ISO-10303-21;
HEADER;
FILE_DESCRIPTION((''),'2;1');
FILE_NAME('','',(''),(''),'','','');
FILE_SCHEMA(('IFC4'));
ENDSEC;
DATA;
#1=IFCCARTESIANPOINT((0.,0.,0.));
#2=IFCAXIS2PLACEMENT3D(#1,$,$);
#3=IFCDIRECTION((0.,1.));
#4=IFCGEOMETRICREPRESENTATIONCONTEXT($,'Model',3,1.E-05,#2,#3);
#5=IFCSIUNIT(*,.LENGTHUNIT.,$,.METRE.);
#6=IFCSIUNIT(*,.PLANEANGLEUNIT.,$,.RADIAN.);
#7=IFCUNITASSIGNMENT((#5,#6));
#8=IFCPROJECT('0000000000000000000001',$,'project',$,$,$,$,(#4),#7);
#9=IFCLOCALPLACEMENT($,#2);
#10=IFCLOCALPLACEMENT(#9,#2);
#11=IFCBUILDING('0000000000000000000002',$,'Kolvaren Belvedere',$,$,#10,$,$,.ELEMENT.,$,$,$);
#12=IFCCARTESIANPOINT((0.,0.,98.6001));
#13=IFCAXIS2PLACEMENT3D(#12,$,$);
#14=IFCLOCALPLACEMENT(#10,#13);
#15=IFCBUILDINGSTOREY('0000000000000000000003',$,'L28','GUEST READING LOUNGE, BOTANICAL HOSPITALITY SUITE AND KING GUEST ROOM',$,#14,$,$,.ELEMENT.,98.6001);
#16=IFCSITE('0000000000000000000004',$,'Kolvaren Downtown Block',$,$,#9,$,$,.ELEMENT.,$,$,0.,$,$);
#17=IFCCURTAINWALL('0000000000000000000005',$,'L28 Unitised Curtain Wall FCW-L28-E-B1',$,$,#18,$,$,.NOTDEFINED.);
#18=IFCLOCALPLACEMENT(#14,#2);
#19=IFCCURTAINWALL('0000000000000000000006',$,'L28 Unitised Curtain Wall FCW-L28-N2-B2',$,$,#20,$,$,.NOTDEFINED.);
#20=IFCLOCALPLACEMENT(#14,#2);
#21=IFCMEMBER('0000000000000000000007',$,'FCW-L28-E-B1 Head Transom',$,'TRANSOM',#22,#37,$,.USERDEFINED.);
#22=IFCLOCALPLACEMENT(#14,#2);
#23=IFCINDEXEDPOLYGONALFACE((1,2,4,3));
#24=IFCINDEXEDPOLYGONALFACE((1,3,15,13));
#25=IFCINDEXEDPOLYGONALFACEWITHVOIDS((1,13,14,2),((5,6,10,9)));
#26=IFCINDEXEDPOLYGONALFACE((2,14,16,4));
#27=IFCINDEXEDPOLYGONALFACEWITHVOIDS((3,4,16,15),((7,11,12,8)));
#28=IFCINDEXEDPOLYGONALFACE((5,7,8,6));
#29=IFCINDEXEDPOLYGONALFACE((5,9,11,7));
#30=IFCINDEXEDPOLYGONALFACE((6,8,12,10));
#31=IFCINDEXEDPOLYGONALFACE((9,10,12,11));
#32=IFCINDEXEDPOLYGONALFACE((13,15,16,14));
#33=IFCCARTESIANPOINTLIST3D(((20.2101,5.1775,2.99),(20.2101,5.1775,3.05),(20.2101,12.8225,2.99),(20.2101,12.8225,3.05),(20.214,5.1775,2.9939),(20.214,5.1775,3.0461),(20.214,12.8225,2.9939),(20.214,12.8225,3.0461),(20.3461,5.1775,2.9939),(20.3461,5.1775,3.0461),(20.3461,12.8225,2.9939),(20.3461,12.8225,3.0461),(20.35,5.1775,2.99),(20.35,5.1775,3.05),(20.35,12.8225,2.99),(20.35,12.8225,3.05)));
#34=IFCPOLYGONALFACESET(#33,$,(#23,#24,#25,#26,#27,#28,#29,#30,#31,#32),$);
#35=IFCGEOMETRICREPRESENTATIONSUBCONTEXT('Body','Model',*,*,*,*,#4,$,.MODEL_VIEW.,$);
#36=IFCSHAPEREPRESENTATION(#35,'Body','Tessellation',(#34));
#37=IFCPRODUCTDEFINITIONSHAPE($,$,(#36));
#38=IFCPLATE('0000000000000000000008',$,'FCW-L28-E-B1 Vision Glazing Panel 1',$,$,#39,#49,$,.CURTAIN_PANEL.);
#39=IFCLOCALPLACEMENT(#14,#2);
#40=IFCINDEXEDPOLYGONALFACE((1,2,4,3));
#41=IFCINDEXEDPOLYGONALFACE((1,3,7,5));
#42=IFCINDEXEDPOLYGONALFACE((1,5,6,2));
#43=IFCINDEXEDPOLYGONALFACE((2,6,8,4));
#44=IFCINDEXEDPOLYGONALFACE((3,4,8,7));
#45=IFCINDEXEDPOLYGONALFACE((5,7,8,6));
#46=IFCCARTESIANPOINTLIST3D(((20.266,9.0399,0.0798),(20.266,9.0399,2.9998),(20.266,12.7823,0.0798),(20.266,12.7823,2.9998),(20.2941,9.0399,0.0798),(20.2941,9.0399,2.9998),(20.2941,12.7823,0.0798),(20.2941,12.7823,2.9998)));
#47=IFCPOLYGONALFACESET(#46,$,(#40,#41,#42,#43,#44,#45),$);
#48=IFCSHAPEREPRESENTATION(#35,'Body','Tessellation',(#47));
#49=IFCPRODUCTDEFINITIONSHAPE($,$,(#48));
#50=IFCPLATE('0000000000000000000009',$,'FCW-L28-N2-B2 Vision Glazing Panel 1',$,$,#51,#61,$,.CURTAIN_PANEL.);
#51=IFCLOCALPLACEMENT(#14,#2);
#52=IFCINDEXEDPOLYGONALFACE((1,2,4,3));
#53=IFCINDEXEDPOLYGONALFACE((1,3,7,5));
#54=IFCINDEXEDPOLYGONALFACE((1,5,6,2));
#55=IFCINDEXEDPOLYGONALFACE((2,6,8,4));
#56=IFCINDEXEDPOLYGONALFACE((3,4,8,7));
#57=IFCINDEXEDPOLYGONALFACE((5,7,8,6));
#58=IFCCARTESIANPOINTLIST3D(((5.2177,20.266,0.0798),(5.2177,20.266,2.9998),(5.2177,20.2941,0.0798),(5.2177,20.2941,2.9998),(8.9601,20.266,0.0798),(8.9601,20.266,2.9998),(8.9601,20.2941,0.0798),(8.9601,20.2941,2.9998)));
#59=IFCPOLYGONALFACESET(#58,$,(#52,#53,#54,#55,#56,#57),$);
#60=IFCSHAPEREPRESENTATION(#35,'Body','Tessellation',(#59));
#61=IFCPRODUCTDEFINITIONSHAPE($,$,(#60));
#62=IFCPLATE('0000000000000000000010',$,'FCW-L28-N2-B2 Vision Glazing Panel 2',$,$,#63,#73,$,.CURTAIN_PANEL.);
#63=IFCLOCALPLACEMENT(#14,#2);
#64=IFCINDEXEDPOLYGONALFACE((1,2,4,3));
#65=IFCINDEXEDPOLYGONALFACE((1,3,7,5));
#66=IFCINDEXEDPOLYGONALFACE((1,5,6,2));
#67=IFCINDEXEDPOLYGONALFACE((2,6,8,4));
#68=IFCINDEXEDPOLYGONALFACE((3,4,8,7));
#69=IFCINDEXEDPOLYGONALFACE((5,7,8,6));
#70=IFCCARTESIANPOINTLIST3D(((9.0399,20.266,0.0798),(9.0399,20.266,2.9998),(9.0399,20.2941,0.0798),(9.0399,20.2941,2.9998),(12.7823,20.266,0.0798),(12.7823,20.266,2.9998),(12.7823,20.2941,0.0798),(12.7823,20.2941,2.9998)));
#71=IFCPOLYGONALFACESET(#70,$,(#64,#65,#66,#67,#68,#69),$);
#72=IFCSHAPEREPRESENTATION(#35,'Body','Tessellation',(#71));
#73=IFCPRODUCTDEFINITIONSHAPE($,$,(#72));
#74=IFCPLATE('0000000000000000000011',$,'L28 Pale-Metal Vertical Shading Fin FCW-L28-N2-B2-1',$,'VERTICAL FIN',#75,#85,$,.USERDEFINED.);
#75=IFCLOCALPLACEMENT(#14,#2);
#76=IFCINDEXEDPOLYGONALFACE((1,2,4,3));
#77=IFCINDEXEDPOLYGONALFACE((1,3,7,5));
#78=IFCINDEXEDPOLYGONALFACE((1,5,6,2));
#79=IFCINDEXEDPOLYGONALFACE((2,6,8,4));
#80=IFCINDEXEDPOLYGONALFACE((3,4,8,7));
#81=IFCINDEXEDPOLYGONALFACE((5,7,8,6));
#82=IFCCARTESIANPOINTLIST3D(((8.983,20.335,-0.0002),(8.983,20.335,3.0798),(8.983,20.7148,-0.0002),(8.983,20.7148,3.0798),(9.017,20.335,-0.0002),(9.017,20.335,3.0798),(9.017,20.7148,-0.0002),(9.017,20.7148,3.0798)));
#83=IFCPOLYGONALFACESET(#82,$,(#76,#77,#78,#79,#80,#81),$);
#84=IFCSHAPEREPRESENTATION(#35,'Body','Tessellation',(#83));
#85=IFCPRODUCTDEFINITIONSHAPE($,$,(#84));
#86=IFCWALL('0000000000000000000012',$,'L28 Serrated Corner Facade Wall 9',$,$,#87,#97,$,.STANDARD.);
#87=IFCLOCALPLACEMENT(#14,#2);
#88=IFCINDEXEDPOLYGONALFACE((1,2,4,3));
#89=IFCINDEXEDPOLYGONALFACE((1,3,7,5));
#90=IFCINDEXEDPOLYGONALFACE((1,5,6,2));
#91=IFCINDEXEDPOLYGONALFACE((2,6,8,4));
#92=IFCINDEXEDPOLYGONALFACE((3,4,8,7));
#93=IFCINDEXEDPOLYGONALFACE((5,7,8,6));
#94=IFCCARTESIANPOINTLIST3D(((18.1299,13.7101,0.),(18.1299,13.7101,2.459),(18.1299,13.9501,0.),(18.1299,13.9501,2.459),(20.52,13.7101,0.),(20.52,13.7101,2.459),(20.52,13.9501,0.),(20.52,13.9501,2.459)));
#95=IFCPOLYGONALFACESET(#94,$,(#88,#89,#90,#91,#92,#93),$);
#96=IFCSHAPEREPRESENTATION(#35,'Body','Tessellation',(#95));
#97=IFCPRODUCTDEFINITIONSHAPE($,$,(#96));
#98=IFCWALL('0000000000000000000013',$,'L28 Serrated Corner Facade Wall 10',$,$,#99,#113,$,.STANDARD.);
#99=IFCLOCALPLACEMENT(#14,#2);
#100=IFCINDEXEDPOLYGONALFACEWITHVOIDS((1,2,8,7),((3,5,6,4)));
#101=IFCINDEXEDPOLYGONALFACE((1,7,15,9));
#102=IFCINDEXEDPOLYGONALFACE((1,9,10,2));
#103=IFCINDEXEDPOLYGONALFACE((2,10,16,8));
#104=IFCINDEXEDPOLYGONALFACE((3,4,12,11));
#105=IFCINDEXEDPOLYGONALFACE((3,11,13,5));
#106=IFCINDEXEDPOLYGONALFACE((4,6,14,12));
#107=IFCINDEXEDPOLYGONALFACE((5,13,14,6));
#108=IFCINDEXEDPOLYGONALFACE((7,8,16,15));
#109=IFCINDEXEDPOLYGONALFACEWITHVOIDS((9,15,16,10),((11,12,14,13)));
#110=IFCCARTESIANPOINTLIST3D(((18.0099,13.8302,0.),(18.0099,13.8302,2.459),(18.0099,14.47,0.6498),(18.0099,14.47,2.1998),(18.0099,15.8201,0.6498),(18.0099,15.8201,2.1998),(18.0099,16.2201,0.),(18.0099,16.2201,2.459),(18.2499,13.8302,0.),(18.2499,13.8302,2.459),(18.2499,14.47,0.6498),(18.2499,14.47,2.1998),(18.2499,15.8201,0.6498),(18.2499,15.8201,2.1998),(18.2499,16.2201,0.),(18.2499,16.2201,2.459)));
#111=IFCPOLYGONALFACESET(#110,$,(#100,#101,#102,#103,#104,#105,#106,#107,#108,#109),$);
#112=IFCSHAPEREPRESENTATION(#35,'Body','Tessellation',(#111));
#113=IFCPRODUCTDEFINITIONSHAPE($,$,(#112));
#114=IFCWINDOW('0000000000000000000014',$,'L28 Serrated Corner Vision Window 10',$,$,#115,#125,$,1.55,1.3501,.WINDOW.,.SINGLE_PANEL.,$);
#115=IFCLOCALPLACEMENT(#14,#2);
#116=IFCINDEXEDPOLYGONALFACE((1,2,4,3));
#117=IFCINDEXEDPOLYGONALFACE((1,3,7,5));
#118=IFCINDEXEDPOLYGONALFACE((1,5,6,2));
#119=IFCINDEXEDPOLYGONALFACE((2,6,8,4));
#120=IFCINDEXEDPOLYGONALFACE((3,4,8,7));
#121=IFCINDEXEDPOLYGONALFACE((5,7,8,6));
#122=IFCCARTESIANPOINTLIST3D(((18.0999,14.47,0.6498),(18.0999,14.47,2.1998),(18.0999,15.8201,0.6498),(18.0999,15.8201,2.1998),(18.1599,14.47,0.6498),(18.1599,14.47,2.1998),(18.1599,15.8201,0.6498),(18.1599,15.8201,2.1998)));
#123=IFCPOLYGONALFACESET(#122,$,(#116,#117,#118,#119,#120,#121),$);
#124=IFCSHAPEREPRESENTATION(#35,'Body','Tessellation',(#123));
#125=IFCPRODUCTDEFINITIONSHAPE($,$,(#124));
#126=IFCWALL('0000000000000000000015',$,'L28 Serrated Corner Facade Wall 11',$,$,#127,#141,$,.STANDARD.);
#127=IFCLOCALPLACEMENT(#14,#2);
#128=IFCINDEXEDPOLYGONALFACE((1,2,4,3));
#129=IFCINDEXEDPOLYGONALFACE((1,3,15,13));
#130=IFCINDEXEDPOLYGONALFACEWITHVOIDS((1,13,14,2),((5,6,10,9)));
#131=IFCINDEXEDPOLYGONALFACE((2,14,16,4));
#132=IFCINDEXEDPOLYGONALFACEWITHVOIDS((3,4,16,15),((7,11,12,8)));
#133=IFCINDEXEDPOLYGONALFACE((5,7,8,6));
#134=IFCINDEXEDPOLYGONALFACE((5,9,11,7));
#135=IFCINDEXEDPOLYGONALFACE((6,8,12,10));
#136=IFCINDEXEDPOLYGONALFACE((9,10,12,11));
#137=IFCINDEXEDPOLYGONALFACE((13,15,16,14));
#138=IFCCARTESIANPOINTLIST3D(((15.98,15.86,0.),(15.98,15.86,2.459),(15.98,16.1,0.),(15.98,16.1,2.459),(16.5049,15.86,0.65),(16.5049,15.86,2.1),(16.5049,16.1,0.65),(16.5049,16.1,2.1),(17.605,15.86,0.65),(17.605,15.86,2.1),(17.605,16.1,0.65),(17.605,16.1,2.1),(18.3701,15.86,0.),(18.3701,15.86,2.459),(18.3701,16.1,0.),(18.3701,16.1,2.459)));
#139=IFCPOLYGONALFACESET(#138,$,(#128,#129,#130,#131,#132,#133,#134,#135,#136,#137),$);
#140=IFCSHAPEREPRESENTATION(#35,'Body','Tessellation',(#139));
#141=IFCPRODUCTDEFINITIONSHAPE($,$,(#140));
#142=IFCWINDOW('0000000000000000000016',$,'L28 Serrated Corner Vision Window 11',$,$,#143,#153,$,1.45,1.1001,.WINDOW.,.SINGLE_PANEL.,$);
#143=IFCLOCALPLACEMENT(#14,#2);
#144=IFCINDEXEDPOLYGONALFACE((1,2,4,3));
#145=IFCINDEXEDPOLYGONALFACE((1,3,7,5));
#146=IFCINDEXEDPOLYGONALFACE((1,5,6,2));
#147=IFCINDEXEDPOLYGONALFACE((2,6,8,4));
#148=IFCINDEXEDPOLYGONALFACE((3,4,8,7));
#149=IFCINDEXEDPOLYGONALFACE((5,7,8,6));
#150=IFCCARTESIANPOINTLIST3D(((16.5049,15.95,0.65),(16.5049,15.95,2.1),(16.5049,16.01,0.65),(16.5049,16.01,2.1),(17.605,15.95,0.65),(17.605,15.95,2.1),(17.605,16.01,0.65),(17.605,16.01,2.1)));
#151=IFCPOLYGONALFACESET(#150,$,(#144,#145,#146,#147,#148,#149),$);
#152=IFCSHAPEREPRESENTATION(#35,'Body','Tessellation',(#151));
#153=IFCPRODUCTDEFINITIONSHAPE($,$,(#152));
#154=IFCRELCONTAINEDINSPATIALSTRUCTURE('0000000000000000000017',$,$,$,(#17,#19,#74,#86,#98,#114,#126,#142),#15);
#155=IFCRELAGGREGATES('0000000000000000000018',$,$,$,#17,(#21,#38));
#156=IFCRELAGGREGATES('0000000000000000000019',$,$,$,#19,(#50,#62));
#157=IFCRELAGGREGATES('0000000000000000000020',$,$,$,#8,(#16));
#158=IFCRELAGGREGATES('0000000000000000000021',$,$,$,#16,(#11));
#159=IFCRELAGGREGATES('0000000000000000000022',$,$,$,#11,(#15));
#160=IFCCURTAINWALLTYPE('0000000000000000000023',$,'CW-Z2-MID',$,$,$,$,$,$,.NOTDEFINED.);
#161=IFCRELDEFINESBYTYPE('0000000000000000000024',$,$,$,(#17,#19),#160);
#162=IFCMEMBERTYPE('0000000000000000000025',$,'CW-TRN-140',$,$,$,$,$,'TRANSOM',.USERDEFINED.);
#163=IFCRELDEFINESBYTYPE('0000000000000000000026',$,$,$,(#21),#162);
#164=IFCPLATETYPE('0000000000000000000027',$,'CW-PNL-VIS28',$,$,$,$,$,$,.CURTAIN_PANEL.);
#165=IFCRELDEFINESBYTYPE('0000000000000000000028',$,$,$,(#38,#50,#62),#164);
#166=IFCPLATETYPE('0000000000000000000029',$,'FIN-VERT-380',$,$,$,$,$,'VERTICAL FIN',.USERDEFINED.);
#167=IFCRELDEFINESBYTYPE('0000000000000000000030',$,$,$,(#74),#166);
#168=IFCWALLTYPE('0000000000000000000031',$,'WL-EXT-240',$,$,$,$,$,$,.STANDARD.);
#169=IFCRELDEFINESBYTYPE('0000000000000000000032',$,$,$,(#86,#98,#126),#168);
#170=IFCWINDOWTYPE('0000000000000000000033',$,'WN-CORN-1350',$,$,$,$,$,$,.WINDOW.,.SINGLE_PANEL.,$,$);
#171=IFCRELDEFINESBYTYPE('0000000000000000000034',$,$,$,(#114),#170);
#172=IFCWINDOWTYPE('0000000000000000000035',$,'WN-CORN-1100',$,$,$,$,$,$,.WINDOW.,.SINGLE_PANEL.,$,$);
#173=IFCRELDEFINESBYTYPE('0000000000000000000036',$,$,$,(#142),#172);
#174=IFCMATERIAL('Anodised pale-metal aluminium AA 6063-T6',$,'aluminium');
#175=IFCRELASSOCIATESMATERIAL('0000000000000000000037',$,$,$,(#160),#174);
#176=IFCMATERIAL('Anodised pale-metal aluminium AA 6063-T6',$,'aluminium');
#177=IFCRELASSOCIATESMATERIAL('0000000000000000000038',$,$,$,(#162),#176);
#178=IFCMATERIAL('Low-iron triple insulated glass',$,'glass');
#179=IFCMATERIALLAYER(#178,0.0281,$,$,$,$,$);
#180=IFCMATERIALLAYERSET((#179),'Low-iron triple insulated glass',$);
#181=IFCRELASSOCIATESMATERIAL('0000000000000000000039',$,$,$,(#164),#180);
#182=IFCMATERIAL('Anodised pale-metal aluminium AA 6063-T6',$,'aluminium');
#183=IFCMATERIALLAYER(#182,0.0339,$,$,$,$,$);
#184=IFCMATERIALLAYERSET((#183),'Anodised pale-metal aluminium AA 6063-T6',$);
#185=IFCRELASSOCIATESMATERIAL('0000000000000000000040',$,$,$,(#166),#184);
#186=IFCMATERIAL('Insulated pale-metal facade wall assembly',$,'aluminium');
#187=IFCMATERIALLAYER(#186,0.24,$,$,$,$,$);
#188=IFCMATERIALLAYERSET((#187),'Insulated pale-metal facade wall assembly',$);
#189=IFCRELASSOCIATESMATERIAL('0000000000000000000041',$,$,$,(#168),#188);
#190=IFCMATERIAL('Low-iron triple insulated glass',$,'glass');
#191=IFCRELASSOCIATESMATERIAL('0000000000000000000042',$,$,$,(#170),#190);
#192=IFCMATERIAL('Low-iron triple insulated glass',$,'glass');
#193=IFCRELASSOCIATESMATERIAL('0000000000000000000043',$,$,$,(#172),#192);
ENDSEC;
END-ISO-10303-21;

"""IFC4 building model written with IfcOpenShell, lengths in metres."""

from ifc_helpers import new_model, si_unit, direction, frame, frame_2d, origin, origin_2d, place, context, subcontext, project, spatial, rectangle, hollow_rectangle, extrude, material, layer, layer_set, material_profile, profile_set, type_object, element, fill, aggregate, save


model = new_model("IFC4")

# Units and contexts
model_context = context("Model", 3, precision=1e-05, world=origin(), true_north=direction((0.0, 1.0)))
body_context = subcontext(model_context, "Body", "Model", "MODEL_VIEW")
ifc_project = project(units=[si_unit("LENGTHUNIT", "METRE"), si_unit("PLANEANGLEUNIT", "RADIAN")], contexts=[model_context])

# Site, building, storey
site_placement = place(None, origin())
site = spatial("IfcSite", under=ifc_project, at=site_placement, Name="Kolvaren Downtown Block", CompositionType="ELEMENT", RefElevation=0.0)
building_placement = place(site_placement, origin())
building = spatial("IfcBuilding", under=site, at=building_placement, Name="Kolvaren Belvedere", CompositionType="ELEMENT")
storey_placement = place(building_placement, frame((0.0, 0.0, 98.6001)))
storey = spatial("IfcBuildingStorey", under=building, at=storey_placement, Name="L28", Description="GUEST READING LOUNGE, BOTANICAL HOSPITALITY SUITE AND KING GUEST ROOM", CompositionType="ELEMENT", Elevation=98.6001)

# Curtain wall
ifc_material_1 = material(Name="Anodised pale-metal aluminium AA 6063-T6", Category="aluminium")
curtain_wall_type = type_object("IfcCurtainWallType", Name="CW-Z2-MID", PredefinedType="NOTDEFINED", material=ifc_material_1)
curtain_wall_1_placement = place(storey_placement, origin())
curtain_wall_1 = element("IfcCurtainWall", 1, at=curtain_wall_1_placement, inside=storey, type_object=curtain_wall_type, Name="L28 Unitised Curtain Wall FCW-L28-E-B1", PredefinedType="NOTDEFINED")

# Curtain wall
curtain_wall_2_placement = place(storey_placement, origin())
curtain_wall_2 = element("IfcCurtainWall", 2, at=curtain_wall_2_placement, inside=storey, type_object=curtain_wall_type, Name="L28 Unitised Curtain Wall FCW-L28-N2-B2", PredefinedType="NOTDEFINED")

# Member
ifc_material_2 = material(Name="Anodised pale-metal aluminium AA 6063-T6", Category="aluminium")
ifc_material_profile_1 = material_profile(ifc_material_2, hollow_rectangle(XDim=0.0601, YDim=0.1399, WallThickness=0.0039, at=origin_2d()), Name="ALU-TRN-140X60")
ifc_profile_set_1 = profile_set([ifc_material_profile_1], Name="Anodised pale-metal aluminium AA 6063-T6")
member_type_1 = type_object("IfcMemberType", Name="CW-TRN-140", ElementType="TRANSOM", PredefinedType="USERDEFINED", material=ifc_profile_set_1)
member_1_placement = place(storey_placement, frame((20.28, 12.8225, 3.02), z_axis=(0.0, -1.0, 0.0), x_axis=(0.0, 0.0, 1.0)))
member_1 = element("IfcMember", 3, at=member_1_placement, type_object=member_type_1, Name="FCW-L28-E-B1 Head Transom", ObjectType="TRANSOM", PredefinedType="USERDEFINED", context=body_context, shape_type="SweptSolid", body=[
    extrude(hollow_rectangle(XDim=0.0601, YDim=0.1399, WallThickness=0.0039, at=origin_2d()), origin(), (0.0, 0.0, 1.0), 7.645),
])

# Plates
ifc_material_3 = material(Name="Low-iron triple insulated glass", Category="glass")
ifc_layer_1 = layer(ifc_material_3, 0.0281)
ifc_layer_set_1 = layer_set([ifc_layer_1], Name="Low-iron triple insulated glass")
plate_type_1 = type_object("IfcPlateType", Name="CW-PNL-VIS28", PredefinedType="CURTAIN_PANEL", material=ifc_layer_set_1)
plate_1_placement = place(storey_placement, frame((20.28, 10.9111, 0.0798), z_axis=(0.0, 0.0, 1.0), x_axis=(0.0, -1.0, 0.0)))
plate_1 = element("IfcPlate", 4, at=plate_1_placement, type_object=plate_type_1, Name="FCW-L28-E-B1 Vision Glazing Panel 1", PredefinedType="CURTAIN_PANEL", context=body_context, shape_type="SweptSolid", body=[
    extrude(rectangle(XDim=3.7424, YDim=0.0281, at=origin_2d()), origin(), (0.0, 0.0, 1.0), 2.9199),
])
aggregate(curtain_wall_1, [member_1, plate_1])
plate_2_placement = place(storey_placement, frame((7.0889, 20.28, 0.0798), z_axis=(0.0, 0.0, 1.0), x_axis=(1.0, 0.0, 0.0)))
plate_2 = element("IfcPlate", 5, at=plate_2_placement, type_object=plate_type_1, Name="FCW-L28-N2-B2 Vision Glazing Panel 1", PredefinedType="CURTAIN_PANEL", context=body_context, shape_type="SweptSolid", body=[
    extrude(rectangle(XDim=3.7424, YDim=0.0281, at=origin_2d()), origin(), (0.0, 0.0, 1.0), 2.9199),
])
plate_3_placement = place(storey_placement, frame((10.9111, 20.28, 0.0798), z_axis=(0.0, 0.0, 1.0), x_axis=(1.0, 0.0, 0.0)))
plate_3 = element("IfcPlate", 6, at=plate_3_placement, type_object=plate_type_1, Name="FCW-L28-N2-B2 Vision Glazing Panel 2", PredefinedType="CURTAIN_PANEL", context=body_context, shape_type="SweptSolid", body=[
    extrude(rectangle(XDim=3.7424, YDim=0.0281, at=origin_2d()), origin(), (0.0, 0.0, 1.0), 2.9199),
])
aggregate(curtain_wall_2, [plate_2, plate_3])
ifc_material_4 = material(Name="Anodised pale-metal aluminium AA 6063-T6", Category="aluminium")
ifc_layer_2 = layer(ifc_material_4, 0.0339)
ifc_layer_set_2 = layer_set([ifc_layer_2], Name="Anodised pale-metal aluminium AA 6063-T6")
plate_type_2 = type_object("IfcPlateType", Name="FIN-VERT-380", ElementType="VERTICAL FIN", PredefinedType="USERDEFINED", material=ifc_layer_set_2)
plate_4_placement = place(storey_placement, frame((9.0, 20.5249, -0.0002), z_axis=(0.0, 0.0, 1.0), x_axis=(0.0, 1.0, 0.0)))
element("IfcPlate", 7, at=plate_4_placement, inside=storey, type_object=plate_type_2, Name="L28 Pale-Metal Vertical Shading Fin FCW-L28-N2-B2-1", ObjectType="VERTICAL FIN", PredefinedType="USERDEFINED", context=body_context, shape_type="SweptSolid", body=[
    extrude(rectangle(XDim=0.3799, YDim=0.0339, at=origin_2d()), origin(), (0.0, 0.0, 1.0), 3.0801),
])

# Wall
ifc_material_5 = material(Name="Insulated pale-metal facade wall assembly", Category="aluminium")
ifc_layer_3 = layer(ifc_material_5, 0.24)
ifc_layer_set_3 = layer_set([ifc_layer_3], Name="Insulated pale-metal facade wall assembly")
wall_type_1 = type_object("IfcWallType", Name="WL-EXT-240", PredefinedType="STANDARD", material=ifc_layer_set_3)
wall_1_placement = place(storey_placement, frame((18.1299, 13.8301, 0.0), z_axis=(0.0, 0.0, 1.0), x_axis=(1.0, 0.0, 0.0)))
element("IfcWall", 8, at=wall_1_placement, inside=storey, type_object=wall_type_1, Name="L28 Serrated Corner Facade Wall 9", PredefinedType="STANDARD", context=body_context, shape_type="SweptSolid", body=[
    extrude(rectangle(XDim=2.3901, YDim=0.24, at=frame_2d((1.1951, 0.0))), origin(), (0.0, 0.0, 1.0), 2.459),
])

# Walls, openings, windows
wall_2_placement = place(storey_placement, frame((18.1299, 16.22, 0.0), z_axis=(0.0, 0.0, 1.0), x_axis=(0.0, -1.0, 0.0)))
wall_2 = element("IfcWall", 9, at=wall_2_placement, inside=storey, type_object=wall_type_1, Name="L28 Serrated Corner Facade Wall 10", PredefinedType="STANDARD", context=body_context, shape_type="SweptSolid", body=[
    extrude(rectangle(XDim=2.3899, YDim=0.24, at=frame_2d((1.1948, 0.0))), origin(), (0.0, 0.0, 1.0), 2.459),
])
opening_1_placement = place(wall_2_placement, frame((0.3999, 0.0, 0.6499)))
opening_1 = element("IfcOpeningElement", 10, at=opening_1_placement, cuts=wall_2, PredefinedType="OPENING", context=body_context, shape_type="SweptSolid", body=[
    extrude(rectangle(XDim=1.3501, YDim=1.55, at=frame_2d((0.675, 0.7749))), frame((0.0, 0.1299, 0.0), z_axis=(0.0, -1.0, 0.0), x_axis=(1.0, 0.0, 0.0)), (0.0, 0.0, 1.0), 0.26),
])
ifc_material_6 = material(Name="Low-iron triple insulated glass", Category="glass")
window_type_1 = type_object("IfcWindowType", Name="WN-CORN-1350", PartitioningType="SINGLE_PANEL", PredefinedType="WINDOW", material=ifc_material_6)
window_1_placement = place(opening_1_placement, origin())
window_1 = element("IfcWindow", 11, at=window_1_placement, inside=storey, type_object=window_type_1, Name="L28 Serrated Corner Vision Window 10", OverallHeight=1.55, OverallWidth=1.3501, PartitioningType="SINGLE_PANEL", PredefinedType="WINDOW", context=body_context, shape_type="SweptSolid", body=[
    extrude(rectangle(XDim=1.3501, YDim=1.55, at=frame_2d((0.675, 0.7749))), frame((0.0, 0.03, 0.0), z_axis=(0.0, -1.0, 0.0), x_axis=(1.0, 0.0, 0.0)), (0.0, 0.0, 1.0), 0.0601),
])
fill(opening_1, window_1)
wall_3_placement = place(storey_placement, frame((15.98, 15.98, 0.0), z_axis=(0.0, 0.0, 1.0), x_axis=(1.0, 0.0, 0.0)))
wall_3 = element("IfcWall", 12, at=wall_3_placement, inside=storey, type_object=wall_type_1, Name="L28 Serrated Corner Facade Wall 11", PredefinedType="STANDARD", context=body_context, shape_type="SweptSolid", body=[
    extrude(rectangle(XDim=2.3901, YDim=0.24, at=frame_2d((1.1951, 0.0))), origin(), (0.0, 0.0, 1.0), 2.459),
])
opening_2_placement = place(wall_3_placement, frame((0.5249, 0.0, 0.6499)))
opening_2 = element("IfcOpeningElement", 13, at=opening_2_placement, cuts=wall_3, PredefinedType="OPENING", context=body_context, shape_type="SweptSolid", body=[
    extrude(rectangle(XDim=1.1001, YDim=1.45, at=frame_2d((0.55, 0.7251))), frame((0.0, 0.1299, 0.0), z_axis=(0.0, -1.0, 0.0), x_axis=(1.0, 0.0, 0.0)), (0.0, 0.0, 1.0), 0.26),
])
ifc_material_7 = material(Name="Low-iron triple insulated glass", Category="glass")
window_type_2 = type_object("IfcWindowType", Name="WN-CORN-1100", PartitioningType="SINGLE_PANEL", PredefinedType="WINDOW", material=ifc_material_7)
window_2_placement = place(opening_2_placement, origin())
window_2 = element("IfcWindow", 14, at=window_2_placement, inside=storey, type_object=window_type_2, Name="L28 Serrated Corner Vision Window 11", OverallHeight=1.45, OverallWidth=1.1001, PartitioningType="SINGLE_PANEL", PredefinedType="WINDOW", context=body_context, shape_type="SweptSolid", body=[
    extrude(rectangle(XDim=1.1001, YDim=1.45, at=frame_2d((0.55, 0.7251))), frame((0.0, 0.03, 0.0), z_axis=(0.0, -1.0, 0.0), x_axis=(1.0, 0.0, 0.0)), (0.0, 0.0, 1.0), 0.0601),
])
fill(opening_2, window_2)

save(model, "model.ifc")
